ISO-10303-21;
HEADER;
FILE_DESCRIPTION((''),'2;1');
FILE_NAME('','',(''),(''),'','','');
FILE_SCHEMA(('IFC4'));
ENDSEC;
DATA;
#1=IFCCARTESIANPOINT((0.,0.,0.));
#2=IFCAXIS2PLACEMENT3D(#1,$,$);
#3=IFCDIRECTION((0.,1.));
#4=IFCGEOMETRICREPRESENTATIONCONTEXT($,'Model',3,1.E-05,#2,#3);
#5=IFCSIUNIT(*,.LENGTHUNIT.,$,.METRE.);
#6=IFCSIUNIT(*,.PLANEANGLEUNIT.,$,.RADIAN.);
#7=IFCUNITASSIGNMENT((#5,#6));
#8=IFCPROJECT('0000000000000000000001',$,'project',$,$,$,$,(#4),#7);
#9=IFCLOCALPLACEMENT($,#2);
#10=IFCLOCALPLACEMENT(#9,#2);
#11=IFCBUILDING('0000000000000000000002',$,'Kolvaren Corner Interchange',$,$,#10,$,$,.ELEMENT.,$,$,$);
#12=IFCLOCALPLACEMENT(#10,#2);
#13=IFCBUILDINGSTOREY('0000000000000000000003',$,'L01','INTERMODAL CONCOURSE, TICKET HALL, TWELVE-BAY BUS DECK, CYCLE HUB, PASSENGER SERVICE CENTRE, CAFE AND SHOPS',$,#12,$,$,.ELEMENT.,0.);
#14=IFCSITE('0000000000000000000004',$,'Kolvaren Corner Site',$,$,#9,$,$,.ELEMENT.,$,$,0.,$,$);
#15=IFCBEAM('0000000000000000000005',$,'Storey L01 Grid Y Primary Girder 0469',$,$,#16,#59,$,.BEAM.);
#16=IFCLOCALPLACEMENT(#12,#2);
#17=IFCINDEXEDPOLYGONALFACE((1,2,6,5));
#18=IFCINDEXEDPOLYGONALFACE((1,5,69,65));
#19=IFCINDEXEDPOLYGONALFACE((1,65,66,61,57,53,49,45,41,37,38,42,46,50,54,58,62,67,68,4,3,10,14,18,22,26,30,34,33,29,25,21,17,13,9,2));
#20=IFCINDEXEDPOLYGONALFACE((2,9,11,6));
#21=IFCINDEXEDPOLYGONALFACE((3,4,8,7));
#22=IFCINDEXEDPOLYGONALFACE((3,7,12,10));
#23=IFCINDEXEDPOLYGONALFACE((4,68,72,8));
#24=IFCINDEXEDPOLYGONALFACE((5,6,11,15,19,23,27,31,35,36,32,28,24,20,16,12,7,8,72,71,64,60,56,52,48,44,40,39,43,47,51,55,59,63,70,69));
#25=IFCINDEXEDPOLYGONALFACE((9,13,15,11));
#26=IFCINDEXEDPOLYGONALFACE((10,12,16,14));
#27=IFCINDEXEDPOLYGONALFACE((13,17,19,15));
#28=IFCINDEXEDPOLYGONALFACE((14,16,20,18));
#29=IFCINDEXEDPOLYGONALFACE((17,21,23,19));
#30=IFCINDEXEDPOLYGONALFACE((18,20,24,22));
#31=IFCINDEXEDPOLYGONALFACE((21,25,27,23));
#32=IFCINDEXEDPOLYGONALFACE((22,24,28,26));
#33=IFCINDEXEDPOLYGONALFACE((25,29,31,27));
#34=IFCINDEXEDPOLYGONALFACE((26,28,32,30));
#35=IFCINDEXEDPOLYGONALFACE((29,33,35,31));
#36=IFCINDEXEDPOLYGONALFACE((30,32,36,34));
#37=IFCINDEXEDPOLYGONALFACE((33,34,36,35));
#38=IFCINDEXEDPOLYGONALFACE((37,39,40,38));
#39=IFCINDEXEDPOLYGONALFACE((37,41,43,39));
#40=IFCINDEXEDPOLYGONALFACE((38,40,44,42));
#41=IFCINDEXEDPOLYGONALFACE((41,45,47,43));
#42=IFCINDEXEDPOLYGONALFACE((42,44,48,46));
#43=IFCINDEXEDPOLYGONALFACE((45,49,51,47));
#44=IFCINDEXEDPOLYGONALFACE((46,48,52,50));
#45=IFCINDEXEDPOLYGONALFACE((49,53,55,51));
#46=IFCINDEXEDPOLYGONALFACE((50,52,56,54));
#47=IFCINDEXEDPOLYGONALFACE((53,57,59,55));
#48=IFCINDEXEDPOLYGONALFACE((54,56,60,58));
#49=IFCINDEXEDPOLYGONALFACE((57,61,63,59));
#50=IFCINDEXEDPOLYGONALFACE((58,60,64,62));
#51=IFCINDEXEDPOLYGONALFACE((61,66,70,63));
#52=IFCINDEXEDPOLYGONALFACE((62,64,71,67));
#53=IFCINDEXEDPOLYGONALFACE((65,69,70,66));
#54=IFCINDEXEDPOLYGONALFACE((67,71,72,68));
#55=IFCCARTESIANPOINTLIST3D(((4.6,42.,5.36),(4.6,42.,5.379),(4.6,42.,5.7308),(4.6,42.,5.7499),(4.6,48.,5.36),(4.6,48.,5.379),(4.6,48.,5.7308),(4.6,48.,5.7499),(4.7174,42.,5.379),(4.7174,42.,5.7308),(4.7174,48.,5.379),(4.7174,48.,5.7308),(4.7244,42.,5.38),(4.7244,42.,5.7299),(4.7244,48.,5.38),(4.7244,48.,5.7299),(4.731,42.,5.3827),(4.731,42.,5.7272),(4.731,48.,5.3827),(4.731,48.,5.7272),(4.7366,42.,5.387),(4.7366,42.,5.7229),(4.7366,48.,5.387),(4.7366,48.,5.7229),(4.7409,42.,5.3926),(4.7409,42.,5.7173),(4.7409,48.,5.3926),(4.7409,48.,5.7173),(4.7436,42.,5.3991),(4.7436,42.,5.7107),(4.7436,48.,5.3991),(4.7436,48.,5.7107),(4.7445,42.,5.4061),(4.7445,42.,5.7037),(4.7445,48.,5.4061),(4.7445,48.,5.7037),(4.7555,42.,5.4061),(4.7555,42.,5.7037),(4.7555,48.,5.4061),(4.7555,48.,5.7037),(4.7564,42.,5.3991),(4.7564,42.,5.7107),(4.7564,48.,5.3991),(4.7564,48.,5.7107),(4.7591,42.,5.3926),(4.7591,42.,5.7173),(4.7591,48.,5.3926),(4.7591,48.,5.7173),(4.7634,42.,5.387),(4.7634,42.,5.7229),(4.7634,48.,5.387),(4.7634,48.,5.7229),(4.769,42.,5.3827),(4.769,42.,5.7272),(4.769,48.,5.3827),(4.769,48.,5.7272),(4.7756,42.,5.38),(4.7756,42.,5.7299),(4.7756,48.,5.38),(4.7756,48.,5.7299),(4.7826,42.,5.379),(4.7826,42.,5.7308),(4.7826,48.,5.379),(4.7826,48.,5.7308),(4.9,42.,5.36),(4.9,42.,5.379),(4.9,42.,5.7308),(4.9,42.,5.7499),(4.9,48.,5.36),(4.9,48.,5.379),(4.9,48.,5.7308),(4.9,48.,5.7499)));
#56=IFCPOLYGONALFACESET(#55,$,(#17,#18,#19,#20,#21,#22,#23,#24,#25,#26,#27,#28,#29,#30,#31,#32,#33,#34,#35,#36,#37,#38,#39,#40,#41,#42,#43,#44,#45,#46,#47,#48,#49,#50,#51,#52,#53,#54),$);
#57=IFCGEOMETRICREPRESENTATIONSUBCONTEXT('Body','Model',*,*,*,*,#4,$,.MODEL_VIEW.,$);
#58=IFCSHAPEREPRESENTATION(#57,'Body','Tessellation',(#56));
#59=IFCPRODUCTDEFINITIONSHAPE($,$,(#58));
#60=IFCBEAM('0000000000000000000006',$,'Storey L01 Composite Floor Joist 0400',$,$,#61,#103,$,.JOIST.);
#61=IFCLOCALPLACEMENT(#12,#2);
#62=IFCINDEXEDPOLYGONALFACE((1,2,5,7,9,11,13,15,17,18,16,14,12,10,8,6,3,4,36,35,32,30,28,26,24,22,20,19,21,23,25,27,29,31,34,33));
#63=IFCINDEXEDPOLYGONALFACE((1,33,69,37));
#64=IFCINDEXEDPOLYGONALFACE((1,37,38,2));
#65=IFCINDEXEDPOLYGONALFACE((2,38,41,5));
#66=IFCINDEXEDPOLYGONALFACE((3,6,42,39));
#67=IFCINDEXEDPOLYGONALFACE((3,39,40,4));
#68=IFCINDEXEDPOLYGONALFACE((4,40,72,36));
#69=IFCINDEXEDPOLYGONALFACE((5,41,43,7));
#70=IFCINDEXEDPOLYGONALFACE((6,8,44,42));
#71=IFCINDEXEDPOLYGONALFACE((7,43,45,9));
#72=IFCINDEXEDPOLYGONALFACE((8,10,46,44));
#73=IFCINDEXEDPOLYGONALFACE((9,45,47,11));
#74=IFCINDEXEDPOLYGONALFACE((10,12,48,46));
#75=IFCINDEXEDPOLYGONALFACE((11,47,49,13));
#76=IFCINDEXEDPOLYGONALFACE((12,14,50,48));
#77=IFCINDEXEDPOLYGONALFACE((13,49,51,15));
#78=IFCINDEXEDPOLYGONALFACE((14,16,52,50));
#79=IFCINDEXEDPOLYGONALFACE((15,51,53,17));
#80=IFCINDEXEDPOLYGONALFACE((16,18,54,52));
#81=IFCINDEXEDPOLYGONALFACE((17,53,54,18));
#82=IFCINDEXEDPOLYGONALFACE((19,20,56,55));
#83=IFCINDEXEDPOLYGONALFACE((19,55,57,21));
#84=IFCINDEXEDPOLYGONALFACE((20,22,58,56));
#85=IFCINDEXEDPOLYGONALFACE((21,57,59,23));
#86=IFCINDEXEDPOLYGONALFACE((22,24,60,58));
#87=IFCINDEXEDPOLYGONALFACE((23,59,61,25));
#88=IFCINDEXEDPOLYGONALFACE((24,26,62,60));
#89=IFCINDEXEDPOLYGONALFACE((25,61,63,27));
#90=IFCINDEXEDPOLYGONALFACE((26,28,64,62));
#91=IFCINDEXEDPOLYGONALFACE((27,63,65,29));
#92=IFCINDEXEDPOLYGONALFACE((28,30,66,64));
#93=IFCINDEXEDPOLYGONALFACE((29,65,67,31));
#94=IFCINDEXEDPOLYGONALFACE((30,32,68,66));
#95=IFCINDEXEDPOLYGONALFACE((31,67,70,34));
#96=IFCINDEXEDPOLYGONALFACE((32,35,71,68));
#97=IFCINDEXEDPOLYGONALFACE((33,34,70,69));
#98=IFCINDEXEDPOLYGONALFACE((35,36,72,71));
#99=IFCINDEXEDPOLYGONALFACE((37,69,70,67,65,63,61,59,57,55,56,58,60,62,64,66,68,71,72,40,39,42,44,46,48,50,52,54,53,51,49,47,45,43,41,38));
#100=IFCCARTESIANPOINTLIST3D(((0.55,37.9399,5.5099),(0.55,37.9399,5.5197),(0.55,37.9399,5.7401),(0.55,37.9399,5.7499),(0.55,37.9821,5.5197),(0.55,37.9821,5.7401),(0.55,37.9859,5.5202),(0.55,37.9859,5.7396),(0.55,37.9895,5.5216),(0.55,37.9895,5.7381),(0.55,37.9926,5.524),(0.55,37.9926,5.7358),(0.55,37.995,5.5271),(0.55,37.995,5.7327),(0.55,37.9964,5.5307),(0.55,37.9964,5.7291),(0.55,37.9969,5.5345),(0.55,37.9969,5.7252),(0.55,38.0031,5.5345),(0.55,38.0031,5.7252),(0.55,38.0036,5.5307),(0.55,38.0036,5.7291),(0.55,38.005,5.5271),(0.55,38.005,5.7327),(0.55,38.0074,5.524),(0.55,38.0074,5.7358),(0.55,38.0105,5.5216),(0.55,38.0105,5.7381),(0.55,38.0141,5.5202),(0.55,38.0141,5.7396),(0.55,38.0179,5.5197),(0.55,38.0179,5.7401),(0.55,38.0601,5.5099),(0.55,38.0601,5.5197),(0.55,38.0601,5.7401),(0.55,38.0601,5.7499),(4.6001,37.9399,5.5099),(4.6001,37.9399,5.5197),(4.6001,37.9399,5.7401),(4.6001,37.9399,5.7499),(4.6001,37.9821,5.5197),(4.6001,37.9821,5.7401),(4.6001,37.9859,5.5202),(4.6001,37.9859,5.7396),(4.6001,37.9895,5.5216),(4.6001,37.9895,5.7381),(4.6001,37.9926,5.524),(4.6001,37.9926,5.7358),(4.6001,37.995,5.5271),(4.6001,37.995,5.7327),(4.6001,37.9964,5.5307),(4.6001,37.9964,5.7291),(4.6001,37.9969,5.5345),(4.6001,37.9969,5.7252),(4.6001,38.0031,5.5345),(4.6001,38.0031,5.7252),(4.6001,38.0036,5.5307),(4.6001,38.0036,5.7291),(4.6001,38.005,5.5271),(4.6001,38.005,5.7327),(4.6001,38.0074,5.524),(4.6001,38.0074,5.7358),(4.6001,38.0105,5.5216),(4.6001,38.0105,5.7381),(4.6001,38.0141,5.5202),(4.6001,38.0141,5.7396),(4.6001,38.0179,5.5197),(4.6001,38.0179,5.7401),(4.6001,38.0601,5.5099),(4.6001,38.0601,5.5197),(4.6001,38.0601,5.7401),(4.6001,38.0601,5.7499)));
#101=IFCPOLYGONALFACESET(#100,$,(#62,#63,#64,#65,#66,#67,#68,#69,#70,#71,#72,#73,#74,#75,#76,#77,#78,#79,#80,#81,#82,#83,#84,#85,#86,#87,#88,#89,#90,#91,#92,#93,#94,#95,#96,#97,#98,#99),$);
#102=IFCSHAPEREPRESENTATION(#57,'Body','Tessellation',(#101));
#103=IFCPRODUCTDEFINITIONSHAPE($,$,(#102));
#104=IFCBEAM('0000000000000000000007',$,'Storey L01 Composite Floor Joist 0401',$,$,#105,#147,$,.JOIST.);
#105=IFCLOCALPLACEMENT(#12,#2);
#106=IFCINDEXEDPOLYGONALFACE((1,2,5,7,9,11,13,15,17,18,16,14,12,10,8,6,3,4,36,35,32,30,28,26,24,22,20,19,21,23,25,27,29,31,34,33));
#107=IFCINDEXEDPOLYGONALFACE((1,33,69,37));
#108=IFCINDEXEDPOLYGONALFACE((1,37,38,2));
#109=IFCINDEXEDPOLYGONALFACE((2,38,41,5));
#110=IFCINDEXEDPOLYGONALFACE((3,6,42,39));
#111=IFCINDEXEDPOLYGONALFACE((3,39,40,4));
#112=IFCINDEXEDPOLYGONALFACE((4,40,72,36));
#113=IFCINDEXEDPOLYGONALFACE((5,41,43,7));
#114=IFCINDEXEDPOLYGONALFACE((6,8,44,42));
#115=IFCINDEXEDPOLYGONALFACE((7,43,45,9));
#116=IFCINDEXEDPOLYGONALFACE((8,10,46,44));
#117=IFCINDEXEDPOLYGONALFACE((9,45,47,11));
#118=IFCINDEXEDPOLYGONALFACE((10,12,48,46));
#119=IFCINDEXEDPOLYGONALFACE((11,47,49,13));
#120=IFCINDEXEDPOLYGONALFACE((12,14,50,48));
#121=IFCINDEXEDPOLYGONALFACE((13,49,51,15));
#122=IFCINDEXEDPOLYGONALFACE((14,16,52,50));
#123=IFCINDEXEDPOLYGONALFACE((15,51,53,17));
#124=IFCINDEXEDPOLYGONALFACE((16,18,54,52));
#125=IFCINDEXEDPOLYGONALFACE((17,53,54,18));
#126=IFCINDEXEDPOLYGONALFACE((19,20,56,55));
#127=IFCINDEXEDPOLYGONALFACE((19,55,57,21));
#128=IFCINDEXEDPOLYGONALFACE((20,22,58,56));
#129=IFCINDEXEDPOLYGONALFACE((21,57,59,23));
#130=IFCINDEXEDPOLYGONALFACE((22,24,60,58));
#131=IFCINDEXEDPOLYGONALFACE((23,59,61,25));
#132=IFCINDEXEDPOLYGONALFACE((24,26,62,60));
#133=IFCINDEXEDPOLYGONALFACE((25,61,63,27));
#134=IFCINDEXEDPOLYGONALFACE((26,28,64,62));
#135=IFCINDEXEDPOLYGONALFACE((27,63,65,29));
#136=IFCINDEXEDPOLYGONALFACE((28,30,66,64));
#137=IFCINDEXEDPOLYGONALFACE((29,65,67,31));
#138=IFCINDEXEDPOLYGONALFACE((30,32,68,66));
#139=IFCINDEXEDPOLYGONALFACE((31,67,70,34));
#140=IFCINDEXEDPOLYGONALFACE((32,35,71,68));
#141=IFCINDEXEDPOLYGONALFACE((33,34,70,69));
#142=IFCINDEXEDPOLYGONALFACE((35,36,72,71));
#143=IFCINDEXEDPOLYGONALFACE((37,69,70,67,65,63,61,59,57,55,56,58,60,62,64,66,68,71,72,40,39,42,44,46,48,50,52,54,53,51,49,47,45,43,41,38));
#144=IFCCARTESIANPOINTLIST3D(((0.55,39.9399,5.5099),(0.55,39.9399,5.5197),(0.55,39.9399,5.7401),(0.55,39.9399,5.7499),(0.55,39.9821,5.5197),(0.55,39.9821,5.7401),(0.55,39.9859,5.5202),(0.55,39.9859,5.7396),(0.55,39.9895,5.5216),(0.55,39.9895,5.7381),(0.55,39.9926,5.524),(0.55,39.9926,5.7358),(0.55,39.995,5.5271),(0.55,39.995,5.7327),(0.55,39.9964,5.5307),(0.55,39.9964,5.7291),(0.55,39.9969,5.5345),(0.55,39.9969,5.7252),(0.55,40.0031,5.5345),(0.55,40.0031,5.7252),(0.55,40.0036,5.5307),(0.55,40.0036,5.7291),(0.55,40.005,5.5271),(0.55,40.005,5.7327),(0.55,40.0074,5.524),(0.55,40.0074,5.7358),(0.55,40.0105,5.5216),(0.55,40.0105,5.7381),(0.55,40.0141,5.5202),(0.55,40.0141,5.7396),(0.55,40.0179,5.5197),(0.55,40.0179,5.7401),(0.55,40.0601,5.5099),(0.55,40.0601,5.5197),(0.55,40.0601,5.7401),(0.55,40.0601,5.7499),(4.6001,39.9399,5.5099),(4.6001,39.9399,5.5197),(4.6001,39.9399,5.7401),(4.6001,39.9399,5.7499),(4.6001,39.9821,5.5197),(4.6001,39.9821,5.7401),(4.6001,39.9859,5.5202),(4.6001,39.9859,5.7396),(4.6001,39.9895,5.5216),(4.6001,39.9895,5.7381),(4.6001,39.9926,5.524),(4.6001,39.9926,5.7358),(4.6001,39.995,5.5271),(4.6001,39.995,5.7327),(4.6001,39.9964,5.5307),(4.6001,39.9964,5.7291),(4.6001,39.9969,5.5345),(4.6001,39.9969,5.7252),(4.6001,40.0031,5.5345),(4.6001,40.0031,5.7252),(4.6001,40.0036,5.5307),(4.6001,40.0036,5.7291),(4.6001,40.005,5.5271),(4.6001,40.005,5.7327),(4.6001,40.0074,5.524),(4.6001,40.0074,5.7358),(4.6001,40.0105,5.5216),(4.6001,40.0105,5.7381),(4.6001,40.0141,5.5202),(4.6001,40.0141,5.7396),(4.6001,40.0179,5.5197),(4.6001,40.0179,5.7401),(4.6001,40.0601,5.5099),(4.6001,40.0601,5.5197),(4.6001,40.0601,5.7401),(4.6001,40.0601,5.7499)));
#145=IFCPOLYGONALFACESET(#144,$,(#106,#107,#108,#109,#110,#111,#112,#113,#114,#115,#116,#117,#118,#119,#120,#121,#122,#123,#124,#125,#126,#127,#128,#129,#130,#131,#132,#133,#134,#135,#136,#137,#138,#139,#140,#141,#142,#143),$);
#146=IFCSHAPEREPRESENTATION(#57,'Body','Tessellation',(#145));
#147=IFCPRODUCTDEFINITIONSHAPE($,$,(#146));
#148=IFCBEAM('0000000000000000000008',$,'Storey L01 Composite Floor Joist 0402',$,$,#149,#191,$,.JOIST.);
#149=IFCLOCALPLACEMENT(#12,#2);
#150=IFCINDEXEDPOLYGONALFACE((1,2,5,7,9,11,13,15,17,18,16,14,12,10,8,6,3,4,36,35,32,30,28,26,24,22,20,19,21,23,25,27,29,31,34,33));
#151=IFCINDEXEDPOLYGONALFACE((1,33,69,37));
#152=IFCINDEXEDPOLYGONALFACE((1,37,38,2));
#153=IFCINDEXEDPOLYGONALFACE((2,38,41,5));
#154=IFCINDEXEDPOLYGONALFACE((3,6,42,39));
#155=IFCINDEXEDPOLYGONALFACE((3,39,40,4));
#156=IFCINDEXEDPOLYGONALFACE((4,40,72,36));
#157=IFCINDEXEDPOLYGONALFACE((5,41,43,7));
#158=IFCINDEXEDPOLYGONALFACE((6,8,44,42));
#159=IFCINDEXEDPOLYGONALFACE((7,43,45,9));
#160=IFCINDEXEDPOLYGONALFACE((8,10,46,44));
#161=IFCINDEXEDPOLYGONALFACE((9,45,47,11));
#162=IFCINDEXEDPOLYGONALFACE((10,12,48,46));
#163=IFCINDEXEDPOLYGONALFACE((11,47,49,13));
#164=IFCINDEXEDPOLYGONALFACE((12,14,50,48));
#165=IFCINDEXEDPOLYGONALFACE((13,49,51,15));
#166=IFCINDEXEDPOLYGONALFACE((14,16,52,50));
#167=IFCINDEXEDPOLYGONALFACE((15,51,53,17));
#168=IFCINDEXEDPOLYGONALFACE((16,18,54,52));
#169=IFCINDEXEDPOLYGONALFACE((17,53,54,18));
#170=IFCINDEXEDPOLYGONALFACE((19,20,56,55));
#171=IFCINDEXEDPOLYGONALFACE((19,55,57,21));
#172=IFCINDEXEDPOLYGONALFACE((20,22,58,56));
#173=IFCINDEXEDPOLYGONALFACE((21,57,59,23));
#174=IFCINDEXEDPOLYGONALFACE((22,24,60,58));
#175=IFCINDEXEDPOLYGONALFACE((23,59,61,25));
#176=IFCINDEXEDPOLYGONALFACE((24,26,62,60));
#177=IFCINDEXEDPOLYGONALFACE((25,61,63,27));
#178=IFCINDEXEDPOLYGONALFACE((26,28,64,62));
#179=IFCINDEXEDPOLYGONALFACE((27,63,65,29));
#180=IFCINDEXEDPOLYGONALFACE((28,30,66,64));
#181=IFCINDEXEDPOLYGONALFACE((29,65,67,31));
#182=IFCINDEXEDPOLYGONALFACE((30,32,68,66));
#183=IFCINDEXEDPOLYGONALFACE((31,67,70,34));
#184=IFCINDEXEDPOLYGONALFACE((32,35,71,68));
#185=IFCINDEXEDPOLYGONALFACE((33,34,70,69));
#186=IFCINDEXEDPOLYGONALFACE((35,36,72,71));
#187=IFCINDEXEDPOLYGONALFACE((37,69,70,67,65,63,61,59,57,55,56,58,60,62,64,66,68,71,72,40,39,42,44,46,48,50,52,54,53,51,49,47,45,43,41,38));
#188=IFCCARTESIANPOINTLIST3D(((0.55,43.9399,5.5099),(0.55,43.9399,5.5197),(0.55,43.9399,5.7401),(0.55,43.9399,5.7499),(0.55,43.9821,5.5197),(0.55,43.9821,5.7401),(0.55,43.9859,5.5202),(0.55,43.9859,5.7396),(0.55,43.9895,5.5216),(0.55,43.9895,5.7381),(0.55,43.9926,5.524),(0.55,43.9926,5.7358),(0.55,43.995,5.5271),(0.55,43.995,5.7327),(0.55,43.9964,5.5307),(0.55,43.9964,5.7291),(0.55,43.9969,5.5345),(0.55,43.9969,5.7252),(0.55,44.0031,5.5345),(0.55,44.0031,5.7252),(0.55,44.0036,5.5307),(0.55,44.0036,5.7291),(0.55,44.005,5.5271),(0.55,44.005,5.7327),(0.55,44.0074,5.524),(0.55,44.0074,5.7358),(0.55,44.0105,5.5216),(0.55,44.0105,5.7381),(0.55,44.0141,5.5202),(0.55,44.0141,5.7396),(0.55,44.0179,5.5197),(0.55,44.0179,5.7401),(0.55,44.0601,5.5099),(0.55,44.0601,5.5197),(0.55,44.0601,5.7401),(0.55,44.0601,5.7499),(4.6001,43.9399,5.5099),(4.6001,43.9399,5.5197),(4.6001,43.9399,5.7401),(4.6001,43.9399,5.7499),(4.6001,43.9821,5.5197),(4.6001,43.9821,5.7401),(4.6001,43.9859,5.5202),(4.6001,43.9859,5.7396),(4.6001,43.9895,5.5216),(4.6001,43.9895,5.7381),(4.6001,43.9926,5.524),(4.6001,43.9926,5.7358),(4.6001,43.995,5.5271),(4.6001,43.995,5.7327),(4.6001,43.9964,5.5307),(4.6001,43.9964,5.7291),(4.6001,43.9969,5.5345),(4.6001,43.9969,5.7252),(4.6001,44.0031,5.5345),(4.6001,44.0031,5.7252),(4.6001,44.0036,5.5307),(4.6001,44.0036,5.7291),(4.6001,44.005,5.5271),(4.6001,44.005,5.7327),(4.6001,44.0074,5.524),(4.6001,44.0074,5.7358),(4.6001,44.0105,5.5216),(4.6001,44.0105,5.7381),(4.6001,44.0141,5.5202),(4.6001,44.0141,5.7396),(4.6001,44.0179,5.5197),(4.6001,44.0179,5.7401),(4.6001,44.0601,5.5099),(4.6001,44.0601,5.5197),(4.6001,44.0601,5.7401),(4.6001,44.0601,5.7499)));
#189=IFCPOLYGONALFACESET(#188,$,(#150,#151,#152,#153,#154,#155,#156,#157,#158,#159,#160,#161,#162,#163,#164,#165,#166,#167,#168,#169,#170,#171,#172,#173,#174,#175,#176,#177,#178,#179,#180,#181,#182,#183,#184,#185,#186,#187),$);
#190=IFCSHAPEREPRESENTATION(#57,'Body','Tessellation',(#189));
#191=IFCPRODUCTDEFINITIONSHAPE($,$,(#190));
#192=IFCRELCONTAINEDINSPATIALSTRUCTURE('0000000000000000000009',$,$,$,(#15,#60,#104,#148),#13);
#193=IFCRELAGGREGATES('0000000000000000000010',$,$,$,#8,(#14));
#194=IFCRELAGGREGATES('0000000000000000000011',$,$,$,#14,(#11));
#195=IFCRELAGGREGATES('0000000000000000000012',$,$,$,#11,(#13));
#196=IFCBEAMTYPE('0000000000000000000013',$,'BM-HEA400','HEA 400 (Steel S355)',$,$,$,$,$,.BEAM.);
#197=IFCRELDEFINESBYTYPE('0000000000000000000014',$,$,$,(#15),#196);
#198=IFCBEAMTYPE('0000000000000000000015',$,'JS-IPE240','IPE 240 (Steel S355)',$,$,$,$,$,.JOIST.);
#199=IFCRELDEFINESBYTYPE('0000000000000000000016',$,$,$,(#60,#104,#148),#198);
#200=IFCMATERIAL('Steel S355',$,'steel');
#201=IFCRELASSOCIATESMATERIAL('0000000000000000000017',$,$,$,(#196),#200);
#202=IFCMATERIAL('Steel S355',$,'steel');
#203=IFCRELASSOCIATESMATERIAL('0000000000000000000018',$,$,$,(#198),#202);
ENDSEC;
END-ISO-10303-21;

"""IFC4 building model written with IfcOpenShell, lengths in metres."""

from ifc_helpers import new_model, si_unit, direction, frame, origin, origin_2d, place, context, subcontext, project, spatial, i_section, extrude, material, material_profile, profile_set, type_object, element, save


model = new_model("IFC4")

# Units and contexts
model_context = context("Model", 3, precision=1e-05, world=origin(), true_north=direction((0.0, 1.0)))
body_context = subcontext(model_context, "Body", "Model", "MODEL_VIEW")
ifc_project = project(units=[si_unit("LENGTHUNIT", "METRE"), si_unit("PLANEANGLEUNIT", "RADIAN")], contexts=[model_context])

# Site, building, storey
site_placement = place(None, origin())
site = spatial("IfcSite", under=ifc_project, at=site_placement, Name="Kolvaren Corner Site", CompositionType="ELEMENT", RefElevation=0.0)
building_placement = place(site_placement, origin())
building = spatial("IfcBuilding", under=site, at=building_placement, Name="Kolvaren Corner Interchange", CompositionType="ELEMENT")
storey_placement = place(building_placement, origin())
storey = spatial("IfcBuildingStorey", under=building, at=storey_placement, Name="L01", Description="INTERMODAL CONCOURSE, TICKET HALL, TWELVE-BAY BUS DECK, CYCLE HUB, PASSENGER SERVICE CENTRE, CAFE AND SHOPS", CompositionType="ELEMENT", Elevation=0.0)

# Beams
ifc_material_1 = material(Name="Steel S355", Category="steel")
ifc_material_profile_1 = material_profile(ifc_material_1, i_section(OverallWidth=0.3, OverallDepth=0.3899, WebThickness=0.011, FlangeThickness=0.019, FilletRadius=0.0271, at=origin_2d()), Name="HEA 400")
ifc_profile_set_1 = profile_set([ifc_material_profile_1], Name="Steel S355")
beam_type_1 = type_object("IfcBeamType", Name="BM-HEA400", Description="HEA 400 (Steel S355)", PredefinedType="BEAM", material=ifc_profile_set_1)
beam_1_placement = place(storey_placement, frame((4.75, 42.0, 5.5549), z_axis=(0.0, 1.0, 0.0), x_axis=(-1.0, 0.0, 0.0)))
element("IfcBeam", 1, at=beam_1_placement, inside=storey, type_object=beam_type_1, Name="Storey L01 Grid Y Primary Girder 0469", PredefinedType="BEAM", context=body_context, shape_type="SweptSolid", body=[
    extrude(i_section(OverallWidth=0.3, OverallDepth=0.3899, WebThickness=0.011, FlangeThickness=0.019, FilletRadius=0.0271, at=origin_2d()), origin(), (0.0, 0.0, 1.0), 6.0),
])
ifc_material_2 = material(Name="Steel S355", Category="steel")
ifc_material_profile_2 = material_profile(ifc_material_2, i_section(OverallWidth=0.1201, OverallDepth=0.24, WebThickness=0.0061, FlangeThickness=0.0098, FilletRadius=0.0149, at=origin_2d()), Name="IPE 240")
ifc_profile_set_2 = profile_set([ifc_material_profile_2], Name="Steel S355")
beam_type_2 = type_object("IfcBeamType", Name="JS-IPE240", Description="IPE 240 (Steel S355)", PredefinedType="JOIST", material=ifc_profile_set_2)
for number, where, z_axis, x_axis, name in (
    (2, (0.55, 38.0, 5.6299), (1.0, 0.0, 0.0), (0.0, 1.0, 0.0), "Storey L01 Composite Floor Joist 0400"),
    (3, (0.55, 40.0, 5.6299), (1.0, 0.0, 0.0), (0.0, 1.0, 0.0), "Storey L01 Composite Floor Joist 0401"),
    (4, (0.55, 44.0, 5.6299), (1.0, 0.0, 0.0), (0.0, 1.0, 0.0), "Storey L01 Composite Floor Joist 0402"),
):
    element("IfcBeam", number, at=place(storey_placement, frame(where, z_axis=z_axis, x_axis=x_axis)), inside=storey, type_object=beam_type_2, Name=name, PredefinedType="JOIST", context=body_context, shape_type="SweptSolid", body=[
        extrude(i_section(OverallWidth=0.1201, OverallDepth=0.24, WebThickness=0.0061, FlangeThickness=0.0098, FilletRadius=0.0149, at=origin_2d()), origin(), (0.0, 0.0, 1.0), 4.05),
    ])

save(model, "model.ifc")
